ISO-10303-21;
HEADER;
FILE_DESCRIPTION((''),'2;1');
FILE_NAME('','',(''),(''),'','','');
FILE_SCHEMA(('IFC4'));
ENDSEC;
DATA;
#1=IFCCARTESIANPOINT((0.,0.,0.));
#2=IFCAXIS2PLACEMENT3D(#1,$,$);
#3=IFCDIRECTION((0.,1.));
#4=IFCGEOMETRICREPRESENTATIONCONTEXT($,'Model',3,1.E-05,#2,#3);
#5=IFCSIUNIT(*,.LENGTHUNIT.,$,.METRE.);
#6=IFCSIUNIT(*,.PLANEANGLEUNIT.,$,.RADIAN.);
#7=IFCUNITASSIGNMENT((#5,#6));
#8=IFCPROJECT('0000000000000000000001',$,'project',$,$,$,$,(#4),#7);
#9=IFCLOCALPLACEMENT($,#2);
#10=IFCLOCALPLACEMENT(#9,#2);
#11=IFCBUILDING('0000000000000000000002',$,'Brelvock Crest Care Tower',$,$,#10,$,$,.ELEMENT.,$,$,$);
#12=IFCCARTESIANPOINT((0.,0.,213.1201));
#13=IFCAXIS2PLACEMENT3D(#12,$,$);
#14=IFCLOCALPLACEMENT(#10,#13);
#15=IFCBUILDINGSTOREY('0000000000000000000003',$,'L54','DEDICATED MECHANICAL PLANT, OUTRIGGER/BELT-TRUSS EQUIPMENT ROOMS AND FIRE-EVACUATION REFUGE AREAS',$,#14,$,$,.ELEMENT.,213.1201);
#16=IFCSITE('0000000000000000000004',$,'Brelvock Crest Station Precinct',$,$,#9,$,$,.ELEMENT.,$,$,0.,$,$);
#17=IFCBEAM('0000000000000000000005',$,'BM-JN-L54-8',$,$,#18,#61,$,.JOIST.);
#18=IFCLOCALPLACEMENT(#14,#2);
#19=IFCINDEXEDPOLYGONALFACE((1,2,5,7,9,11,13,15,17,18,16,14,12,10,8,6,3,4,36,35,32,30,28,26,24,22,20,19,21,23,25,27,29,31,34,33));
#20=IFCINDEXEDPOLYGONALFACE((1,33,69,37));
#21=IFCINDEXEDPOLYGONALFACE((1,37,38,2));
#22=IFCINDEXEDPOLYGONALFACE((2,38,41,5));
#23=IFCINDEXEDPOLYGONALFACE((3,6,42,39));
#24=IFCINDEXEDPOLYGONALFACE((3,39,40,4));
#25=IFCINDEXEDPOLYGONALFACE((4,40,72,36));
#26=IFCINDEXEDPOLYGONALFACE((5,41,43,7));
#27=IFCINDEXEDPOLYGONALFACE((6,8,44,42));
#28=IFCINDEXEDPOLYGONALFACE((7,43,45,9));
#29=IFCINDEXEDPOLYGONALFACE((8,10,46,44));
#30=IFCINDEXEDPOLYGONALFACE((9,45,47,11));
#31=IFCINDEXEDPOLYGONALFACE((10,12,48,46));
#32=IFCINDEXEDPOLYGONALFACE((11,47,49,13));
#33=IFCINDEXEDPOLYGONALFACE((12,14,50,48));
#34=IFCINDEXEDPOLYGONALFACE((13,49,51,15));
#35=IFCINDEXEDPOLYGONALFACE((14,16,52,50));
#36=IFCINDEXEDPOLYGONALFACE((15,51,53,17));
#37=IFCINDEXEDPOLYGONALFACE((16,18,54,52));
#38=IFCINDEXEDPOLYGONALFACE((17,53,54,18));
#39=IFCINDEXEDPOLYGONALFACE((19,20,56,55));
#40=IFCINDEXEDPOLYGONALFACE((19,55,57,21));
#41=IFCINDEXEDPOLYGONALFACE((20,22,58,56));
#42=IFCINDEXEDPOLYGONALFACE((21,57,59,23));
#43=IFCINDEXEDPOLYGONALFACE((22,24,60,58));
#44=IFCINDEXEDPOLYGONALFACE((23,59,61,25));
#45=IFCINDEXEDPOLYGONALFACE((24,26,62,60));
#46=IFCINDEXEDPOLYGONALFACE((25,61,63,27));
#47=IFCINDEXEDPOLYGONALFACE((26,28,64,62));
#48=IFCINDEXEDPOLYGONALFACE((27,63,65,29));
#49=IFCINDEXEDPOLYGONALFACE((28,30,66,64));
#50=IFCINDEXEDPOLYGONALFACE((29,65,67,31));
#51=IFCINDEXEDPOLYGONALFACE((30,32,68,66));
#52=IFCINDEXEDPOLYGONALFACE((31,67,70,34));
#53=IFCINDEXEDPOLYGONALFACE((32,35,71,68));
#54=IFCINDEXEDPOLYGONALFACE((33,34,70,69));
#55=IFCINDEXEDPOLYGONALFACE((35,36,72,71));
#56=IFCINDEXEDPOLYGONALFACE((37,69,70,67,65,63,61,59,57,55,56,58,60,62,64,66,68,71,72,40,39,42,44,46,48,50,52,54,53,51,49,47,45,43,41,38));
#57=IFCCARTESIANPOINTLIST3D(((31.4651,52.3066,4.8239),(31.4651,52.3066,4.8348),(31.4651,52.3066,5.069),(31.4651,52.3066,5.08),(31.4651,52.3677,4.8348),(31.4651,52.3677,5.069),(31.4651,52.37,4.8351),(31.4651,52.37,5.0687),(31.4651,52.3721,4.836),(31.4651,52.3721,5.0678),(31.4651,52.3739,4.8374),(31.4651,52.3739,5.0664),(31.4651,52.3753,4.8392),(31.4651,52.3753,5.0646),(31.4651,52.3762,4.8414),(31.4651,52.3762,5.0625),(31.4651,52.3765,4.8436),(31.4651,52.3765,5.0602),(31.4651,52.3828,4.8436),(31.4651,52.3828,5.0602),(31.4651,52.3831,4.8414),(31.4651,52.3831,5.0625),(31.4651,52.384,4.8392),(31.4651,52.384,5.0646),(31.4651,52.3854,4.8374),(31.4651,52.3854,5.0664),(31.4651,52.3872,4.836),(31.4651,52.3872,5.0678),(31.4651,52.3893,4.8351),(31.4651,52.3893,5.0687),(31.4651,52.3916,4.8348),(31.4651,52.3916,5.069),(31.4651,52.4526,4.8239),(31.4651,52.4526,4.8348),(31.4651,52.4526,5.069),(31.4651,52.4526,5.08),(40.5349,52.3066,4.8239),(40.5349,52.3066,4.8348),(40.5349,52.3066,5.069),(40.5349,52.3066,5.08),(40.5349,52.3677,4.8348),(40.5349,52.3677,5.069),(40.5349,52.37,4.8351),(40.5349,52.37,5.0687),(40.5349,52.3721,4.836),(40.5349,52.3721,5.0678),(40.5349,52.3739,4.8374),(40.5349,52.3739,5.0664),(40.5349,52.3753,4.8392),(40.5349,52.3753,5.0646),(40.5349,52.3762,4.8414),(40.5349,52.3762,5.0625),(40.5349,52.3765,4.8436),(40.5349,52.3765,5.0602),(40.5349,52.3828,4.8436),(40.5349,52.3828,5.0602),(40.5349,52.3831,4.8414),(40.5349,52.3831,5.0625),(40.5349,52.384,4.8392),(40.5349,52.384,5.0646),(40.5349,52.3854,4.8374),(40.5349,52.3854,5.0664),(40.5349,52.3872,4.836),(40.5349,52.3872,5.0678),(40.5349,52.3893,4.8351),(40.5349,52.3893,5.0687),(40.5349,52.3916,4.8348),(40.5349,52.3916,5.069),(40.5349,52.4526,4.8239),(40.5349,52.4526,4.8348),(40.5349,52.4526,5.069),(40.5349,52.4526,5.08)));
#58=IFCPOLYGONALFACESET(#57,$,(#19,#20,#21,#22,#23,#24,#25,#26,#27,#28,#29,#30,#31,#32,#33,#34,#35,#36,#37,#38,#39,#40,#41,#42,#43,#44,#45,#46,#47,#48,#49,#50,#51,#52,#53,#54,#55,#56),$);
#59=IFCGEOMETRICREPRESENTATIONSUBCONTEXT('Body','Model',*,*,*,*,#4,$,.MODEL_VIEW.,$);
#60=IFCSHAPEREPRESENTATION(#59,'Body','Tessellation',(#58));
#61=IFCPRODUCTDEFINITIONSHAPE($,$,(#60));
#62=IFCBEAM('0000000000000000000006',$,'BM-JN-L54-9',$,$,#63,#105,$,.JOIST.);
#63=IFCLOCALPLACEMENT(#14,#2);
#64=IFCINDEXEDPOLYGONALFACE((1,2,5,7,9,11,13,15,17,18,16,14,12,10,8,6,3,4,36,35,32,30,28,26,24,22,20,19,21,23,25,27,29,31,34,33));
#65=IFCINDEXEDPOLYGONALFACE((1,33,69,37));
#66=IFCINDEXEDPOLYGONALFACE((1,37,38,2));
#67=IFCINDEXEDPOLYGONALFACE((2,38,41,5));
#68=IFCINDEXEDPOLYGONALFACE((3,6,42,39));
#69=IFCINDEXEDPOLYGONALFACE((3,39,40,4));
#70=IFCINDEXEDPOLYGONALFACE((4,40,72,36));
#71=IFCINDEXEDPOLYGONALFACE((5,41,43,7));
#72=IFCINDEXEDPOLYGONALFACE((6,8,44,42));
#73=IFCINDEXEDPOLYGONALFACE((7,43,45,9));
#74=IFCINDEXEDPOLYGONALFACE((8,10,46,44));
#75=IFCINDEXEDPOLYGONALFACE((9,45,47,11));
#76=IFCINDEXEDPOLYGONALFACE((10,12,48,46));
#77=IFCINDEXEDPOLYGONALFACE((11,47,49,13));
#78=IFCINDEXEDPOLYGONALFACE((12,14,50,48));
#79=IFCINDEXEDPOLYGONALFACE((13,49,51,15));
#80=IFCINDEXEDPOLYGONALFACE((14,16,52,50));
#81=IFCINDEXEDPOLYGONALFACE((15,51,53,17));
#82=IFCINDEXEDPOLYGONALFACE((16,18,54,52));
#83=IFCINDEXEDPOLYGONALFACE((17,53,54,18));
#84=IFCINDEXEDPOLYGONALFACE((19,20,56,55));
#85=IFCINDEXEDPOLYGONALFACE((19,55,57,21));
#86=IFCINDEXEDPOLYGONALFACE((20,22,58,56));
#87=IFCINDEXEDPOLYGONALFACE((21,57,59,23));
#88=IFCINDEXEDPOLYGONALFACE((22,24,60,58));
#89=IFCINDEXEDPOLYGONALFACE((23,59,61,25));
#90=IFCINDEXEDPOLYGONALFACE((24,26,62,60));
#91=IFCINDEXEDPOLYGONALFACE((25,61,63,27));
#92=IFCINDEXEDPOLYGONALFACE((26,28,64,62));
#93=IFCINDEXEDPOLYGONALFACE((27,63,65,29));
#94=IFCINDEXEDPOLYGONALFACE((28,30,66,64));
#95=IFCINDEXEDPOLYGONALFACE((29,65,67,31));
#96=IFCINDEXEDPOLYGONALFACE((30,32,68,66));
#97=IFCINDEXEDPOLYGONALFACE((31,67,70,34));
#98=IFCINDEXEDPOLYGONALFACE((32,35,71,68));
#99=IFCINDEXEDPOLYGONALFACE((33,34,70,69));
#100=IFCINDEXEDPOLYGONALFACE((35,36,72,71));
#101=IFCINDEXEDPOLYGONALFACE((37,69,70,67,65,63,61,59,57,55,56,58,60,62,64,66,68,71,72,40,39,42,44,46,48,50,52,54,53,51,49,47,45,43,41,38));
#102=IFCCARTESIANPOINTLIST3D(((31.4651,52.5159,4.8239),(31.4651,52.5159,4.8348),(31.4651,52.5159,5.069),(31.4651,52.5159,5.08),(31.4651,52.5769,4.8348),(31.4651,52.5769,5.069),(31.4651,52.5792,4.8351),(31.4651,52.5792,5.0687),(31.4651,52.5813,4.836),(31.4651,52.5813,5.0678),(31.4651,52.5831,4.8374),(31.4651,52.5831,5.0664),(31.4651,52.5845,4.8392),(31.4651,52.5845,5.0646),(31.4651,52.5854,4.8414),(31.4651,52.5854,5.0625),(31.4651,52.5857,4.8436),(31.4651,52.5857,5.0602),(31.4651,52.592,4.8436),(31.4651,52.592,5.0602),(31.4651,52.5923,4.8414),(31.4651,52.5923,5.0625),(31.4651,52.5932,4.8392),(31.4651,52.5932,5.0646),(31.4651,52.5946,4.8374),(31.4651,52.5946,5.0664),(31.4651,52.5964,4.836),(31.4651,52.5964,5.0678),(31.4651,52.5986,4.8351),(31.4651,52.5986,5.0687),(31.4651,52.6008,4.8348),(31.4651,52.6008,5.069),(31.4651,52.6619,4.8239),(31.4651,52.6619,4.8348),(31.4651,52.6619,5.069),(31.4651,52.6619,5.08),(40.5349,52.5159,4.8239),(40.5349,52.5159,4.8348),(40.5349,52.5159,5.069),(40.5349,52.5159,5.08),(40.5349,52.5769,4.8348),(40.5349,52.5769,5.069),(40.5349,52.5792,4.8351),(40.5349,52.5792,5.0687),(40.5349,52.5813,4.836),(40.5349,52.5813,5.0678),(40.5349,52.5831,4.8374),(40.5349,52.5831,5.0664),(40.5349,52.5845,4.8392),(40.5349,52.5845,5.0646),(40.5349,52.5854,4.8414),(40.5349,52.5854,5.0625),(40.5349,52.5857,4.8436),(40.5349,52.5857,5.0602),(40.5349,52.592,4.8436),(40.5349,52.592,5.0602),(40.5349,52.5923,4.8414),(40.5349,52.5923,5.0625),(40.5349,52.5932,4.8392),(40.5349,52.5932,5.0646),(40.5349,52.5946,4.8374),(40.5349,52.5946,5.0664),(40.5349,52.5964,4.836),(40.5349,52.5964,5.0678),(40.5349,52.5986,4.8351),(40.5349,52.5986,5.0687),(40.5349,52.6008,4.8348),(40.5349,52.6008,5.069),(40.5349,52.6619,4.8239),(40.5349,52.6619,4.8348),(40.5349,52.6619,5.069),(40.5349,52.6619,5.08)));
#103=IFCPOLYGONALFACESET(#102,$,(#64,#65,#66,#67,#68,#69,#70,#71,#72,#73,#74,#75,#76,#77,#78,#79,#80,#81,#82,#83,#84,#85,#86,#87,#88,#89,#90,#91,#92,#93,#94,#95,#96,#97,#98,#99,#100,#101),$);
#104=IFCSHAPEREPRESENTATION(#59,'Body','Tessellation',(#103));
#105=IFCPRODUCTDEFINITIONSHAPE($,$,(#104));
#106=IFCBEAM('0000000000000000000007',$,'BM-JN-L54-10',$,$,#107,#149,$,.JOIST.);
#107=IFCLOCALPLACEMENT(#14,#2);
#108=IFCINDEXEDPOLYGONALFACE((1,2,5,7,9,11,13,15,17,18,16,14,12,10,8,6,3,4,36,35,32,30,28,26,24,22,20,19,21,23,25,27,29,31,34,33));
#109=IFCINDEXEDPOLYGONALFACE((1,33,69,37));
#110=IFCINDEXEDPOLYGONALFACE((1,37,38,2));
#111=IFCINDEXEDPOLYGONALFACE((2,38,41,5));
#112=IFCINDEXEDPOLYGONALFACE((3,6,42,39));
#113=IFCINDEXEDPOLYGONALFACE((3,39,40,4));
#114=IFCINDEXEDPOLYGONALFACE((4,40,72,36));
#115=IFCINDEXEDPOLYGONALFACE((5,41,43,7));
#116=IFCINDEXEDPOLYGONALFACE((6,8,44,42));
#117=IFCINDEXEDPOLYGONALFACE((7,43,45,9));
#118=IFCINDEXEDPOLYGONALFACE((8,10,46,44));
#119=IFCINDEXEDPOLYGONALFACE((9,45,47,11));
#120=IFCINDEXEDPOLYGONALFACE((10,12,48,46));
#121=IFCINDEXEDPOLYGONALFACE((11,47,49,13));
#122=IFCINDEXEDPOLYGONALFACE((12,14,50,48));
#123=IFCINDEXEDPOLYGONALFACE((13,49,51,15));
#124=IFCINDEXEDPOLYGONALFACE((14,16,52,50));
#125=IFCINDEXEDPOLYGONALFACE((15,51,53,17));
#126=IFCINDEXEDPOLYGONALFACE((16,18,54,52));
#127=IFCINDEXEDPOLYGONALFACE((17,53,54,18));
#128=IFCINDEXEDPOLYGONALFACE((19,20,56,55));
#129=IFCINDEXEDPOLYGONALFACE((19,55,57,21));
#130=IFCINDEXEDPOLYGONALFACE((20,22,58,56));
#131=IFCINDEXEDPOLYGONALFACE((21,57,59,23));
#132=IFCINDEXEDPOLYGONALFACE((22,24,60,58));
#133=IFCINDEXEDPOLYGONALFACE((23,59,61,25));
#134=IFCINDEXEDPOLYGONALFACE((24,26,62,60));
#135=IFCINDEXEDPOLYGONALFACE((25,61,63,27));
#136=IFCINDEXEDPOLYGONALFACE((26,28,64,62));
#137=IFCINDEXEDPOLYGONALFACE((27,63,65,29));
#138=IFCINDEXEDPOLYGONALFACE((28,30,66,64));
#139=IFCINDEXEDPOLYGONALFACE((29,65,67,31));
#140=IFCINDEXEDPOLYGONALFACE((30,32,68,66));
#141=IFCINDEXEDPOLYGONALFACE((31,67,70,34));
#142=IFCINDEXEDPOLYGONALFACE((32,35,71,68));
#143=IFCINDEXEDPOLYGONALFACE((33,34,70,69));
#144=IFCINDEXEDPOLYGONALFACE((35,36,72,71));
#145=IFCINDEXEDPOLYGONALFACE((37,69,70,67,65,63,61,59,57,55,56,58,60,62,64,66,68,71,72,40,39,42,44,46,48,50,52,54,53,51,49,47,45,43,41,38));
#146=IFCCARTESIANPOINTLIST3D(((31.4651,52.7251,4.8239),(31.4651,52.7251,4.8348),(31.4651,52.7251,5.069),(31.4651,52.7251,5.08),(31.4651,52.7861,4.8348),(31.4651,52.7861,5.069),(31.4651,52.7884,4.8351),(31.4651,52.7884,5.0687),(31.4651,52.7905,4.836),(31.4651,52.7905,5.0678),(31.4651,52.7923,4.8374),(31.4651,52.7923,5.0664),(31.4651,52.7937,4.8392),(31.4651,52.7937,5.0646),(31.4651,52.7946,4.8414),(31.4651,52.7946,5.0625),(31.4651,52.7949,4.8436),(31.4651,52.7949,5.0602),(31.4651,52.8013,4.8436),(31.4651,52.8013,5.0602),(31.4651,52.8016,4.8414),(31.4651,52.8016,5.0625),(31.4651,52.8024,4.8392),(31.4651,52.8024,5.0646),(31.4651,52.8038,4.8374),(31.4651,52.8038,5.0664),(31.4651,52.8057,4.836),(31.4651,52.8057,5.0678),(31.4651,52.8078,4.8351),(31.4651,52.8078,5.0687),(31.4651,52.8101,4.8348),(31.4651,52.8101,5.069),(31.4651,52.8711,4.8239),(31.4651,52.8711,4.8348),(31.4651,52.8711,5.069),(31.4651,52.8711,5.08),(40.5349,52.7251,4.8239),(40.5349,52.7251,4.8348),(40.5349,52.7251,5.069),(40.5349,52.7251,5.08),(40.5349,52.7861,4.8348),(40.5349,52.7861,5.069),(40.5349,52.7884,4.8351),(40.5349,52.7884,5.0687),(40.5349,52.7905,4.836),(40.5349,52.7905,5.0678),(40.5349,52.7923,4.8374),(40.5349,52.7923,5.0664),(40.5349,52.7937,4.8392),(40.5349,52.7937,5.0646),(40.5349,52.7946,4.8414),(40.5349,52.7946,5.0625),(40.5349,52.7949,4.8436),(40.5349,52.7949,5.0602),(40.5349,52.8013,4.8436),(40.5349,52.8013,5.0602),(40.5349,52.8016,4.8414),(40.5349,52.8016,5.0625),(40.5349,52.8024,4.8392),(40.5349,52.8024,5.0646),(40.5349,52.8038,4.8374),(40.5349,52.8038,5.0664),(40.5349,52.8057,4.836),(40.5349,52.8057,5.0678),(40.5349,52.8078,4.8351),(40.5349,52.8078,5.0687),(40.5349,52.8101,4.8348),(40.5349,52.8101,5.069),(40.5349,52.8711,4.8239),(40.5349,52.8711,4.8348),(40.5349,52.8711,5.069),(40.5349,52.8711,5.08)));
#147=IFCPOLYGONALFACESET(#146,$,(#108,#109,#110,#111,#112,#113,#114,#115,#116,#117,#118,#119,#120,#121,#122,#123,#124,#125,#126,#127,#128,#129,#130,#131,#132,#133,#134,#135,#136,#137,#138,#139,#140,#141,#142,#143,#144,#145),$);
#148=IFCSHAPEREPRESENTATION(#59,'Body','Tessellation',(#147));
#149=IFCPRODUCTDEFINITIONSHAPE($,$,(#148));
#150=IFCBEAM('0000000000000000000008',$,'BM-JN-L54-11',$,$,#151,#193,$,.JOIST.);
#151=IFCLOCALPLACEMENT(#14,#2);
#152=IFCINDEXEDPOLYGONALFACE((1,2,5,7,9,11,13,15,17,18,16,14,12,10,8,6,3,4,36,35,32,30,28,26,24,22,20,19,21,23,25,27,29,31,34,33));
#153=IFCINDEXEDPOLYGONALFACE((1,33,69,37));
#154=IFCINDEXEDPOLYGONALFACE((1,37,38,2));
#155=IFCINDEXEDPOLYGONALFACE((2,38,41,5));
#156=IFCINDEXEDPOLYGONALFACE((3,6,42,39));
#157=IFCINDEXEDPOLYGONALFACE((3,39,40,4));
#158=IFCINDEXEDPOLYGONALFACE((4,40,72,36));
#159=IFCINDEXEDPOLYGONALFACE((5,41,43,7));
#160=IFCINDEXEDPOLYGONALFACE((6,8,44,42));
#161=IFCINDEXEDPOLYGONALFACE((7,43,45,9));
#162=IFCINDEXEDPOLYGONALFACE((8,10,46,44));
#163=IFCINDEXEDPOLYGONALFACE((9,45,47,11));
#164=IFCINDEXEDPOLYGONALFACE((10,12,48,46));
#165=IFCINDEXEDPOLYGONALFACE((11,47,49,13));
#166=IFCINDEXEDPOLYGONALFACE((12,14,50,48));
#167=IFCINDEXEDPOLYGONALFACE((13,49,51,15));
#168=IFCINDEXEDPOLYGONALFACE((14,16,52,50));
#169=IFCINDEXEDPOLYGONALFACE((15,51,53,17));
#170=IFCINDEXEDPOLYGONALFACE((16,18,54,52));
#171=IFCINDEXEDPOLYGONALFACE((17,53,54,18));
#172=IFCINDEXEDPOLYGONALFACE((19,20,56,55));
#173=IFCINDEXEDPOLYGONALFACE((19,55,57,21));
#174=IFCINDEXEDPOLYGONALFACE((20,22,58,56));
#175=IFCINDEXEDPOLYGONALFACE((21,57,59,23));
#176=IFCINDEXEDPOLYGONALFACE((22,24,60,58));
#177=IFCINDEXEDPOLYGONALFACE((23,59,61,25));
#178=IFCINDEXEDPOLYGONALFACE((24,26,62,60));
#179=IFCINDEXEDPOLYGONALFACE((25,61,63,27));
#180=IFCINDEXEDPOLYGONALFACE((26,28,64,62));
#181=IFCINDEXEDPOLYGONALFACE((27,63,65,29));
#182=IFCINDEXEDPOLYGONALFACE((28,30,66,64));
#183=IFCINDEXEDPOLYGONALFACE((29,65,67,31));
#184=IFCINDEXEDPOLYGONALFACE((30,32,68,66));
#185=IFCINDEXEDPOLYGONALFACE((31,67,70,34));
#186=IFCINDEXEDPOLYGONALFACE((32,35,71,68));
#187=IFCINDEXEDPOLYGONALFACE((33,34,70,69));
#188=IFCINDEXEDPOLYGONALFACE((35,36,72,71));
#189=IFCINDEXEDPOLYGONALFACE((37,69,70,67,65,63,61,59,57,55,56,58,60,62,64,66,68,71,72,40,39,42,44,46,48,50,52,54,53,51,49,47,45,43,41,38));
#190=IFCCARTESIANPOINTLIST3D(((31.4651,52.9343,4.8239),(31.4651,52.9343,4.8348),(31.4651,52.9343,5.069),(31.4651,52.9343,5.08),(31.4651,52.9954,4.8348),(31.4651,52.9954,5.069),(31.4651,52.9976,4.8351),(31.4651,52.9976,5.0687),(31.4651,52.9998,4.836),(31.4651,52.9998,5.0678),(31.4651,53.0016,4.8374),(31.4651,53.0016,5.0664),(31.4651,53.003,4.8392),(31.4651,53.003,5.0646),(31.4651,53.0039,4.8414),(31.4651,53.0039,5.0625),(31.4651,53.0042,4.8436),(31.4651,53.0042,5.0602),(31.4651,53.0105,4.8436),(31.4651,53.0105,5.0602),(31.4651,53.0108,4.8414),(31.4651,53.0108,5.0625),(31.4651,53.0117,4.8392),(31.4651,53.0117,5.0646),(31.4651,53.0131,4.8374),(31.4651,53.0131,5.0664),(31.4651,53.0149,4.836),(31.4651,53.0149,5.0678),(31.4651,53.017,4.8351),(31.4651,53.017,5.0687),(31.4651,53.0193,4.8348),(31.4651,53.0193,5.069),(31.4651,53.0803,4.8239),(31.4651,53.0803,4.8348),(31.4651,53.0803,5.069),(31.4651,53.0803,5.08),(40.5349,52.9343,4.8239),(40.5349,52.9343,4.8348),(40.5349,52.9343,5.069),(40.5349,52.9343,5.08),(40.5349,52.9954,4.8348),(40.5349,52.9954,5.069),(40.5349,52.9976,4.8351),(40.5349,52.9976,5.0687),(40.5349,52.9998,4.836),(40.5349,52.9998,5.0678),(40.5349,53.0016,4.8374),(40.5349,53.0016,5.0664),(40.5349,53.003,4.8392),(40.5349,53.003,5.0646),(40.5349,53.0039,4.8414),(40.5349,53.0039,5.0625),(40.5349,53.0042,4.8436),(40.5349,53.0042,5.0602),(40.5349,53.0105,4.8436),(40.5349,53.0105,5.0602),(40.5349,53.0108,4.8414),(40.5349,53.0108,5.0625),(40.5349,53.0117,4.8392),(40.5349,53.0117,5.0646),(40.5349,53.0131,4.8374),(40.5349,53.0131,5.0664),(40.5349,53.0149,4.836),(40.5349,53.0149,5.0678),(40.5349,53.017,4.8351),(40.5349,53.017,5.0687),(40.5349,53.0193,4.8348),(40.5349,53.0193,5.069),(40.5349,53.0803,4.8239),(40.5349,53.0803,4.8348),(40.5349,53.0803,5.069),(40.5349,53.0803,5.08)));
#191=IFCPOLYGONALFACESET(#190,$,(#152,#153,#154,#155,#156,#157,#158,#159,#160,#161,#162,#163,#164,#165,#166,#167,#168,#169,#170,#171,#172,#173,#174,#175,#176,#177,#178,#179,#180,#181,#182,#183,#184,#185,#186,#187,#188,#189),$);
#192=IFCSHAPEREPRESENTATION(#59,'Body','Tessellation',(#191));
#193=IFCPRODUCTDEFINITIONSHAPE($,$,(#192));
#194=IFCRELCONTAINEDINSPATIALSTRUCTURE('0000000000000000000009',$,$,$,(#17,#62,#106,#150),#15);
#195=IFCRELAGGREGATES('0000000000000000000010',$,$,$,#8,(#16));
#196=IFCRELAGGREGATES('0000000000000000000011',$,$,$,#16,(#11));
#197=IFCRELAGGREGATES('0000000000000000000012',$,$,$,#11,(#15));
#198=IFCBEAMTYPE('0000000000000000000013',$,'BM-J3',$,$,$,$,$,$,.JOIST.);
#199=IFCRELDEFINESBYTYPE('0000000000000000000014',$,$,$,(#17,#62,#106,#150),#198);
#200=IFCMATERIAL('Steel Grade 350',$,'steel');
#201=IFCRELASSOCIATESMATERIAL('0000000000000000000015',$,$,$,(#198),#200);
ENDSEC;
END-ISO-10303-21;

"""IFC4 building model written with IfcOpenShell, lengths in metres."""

from ifc_helpers import new_model, si_unit, direction, frame, origin, origin_2d, place, context, subcontext, project, spatial, i_section, extrude, source, transform, mapped, material, material_profile, profile_set, type_object, element, save


model = new_model("IFC4")

# Units and contexts
model_context = context("Model", 3, precision=1e-05, world=origin(), true_north=direction((0.0, 1.0)))
body_context = subcontext(model_context, "Body", "Model", "MODEL_VIEW")
ifc_project = project(units=[si_unit("LENGTHUNIT", "METRE"), si_unit("PLANEANGLEUNIT", "RADIAN")], contexts=[model_context])

# Site, building, storey
site_placement = place(None, origin())
site = spatial("IfcSite", under=ifc_project, at=site_placement, Name="Brelvock Crest Station Precinct", CompositionType="ELEMENT", RefElevation=0.0)
building_placement = place(site_placement, origin())
building = spatial("IfcBuilding", under=site, at=building_placement, Name="Brelvock Crest Care Tower", CompositionType="ELEMENT")
storey_placement = place(building_placement, frame((0.0, 0.0, 213.1201)))
storey = spatial("IfcBuildingStorey", under=building, at=storey_placement, Name="L54", Description="DEDICATED MECHANICAL PLANT, OUTRIGGER/BELT-TRUSS EQUIPMENT ROOMS AND FIRE-EVACUATION REFUGE AREAS", CompositionType="ELEMENT", Elevation=213.1201)

# Shared definitions
ifc_material_1 = material(Name="Steel Grade 350", Category="steel")

# Beams
ifc_material_profile_1 = material_profile(ifc_material_1, i_section(OverallWidth=0.146, OverallDepth=0.2561, WebThickness=0.0063, FlangeThickness=0.011, FilletRadius=0.0088, at=origin_2d()), Name="250UB37.3")
ifc_profile_set_1 = profile_set([ifc_material_profile_1], Name="Steel Grade 350")
beam_type_1 = type_object("IfcBeamType", Name="BM-J3", PredefinedType="JOIST", material=ifc_profile_set_1)
shared_shape_1 = source(origin(), body_context, "Body", "SweptSolid", [
    extrude(i_section(OverallWidth=0.146, OverallDepth=0.2561, WebThickness=0.0063, FlangeThickness=0.011, FilletRadius=0.0088, at=origin_2d()), origin(), (0.0, 0.0, 1.0), 9.0698),
])
for number, where, z_axis, x_axis, name in (
    (1, (31.4651, 52.3796, 4.9519), (1.0, 0.0, 0.0), (0.0, 1.0, 0.0), "BM-JN-L54-8"),
    (2, (31.4651, 52.5889, 4.9519), (1.0, 0.0, 0.0), (0.0, 1.0, 0.0), "BM-JN-L54-9"),
    (3, (31.4651, 52.7981, 4.9519), (1.0, 0.0, 0.0), (0.0, 1.0, 0.0), "BM-JN-L54-10"),
    (4, (31.4651, 53.0073, 4.9519), (1.0, 0.0, 0.0), (0.0, 1.0, 0.0), "BM-JN-L54-11"),
):
    element("IfcBeam", number, at=place(storey_placement, frame(where, z_axis=z_axis, x_axis=x_axis)), inside=storey, type_object=beam_type_1, Name=name, PredefinedType="JOIST", context=body_context, shape_type="MappedRepresentation", body=[
        mapped(shared_shape_1, transform((0.0, 0.0, 0.0), x_axis=(1.0, 0.0, 0.0), y_axis=(0.0, 1.0, 0.0), z_axis=(0.0, 0.0, 1.0), scale=1.0)),
    ])

save(model, "model.ifc")
